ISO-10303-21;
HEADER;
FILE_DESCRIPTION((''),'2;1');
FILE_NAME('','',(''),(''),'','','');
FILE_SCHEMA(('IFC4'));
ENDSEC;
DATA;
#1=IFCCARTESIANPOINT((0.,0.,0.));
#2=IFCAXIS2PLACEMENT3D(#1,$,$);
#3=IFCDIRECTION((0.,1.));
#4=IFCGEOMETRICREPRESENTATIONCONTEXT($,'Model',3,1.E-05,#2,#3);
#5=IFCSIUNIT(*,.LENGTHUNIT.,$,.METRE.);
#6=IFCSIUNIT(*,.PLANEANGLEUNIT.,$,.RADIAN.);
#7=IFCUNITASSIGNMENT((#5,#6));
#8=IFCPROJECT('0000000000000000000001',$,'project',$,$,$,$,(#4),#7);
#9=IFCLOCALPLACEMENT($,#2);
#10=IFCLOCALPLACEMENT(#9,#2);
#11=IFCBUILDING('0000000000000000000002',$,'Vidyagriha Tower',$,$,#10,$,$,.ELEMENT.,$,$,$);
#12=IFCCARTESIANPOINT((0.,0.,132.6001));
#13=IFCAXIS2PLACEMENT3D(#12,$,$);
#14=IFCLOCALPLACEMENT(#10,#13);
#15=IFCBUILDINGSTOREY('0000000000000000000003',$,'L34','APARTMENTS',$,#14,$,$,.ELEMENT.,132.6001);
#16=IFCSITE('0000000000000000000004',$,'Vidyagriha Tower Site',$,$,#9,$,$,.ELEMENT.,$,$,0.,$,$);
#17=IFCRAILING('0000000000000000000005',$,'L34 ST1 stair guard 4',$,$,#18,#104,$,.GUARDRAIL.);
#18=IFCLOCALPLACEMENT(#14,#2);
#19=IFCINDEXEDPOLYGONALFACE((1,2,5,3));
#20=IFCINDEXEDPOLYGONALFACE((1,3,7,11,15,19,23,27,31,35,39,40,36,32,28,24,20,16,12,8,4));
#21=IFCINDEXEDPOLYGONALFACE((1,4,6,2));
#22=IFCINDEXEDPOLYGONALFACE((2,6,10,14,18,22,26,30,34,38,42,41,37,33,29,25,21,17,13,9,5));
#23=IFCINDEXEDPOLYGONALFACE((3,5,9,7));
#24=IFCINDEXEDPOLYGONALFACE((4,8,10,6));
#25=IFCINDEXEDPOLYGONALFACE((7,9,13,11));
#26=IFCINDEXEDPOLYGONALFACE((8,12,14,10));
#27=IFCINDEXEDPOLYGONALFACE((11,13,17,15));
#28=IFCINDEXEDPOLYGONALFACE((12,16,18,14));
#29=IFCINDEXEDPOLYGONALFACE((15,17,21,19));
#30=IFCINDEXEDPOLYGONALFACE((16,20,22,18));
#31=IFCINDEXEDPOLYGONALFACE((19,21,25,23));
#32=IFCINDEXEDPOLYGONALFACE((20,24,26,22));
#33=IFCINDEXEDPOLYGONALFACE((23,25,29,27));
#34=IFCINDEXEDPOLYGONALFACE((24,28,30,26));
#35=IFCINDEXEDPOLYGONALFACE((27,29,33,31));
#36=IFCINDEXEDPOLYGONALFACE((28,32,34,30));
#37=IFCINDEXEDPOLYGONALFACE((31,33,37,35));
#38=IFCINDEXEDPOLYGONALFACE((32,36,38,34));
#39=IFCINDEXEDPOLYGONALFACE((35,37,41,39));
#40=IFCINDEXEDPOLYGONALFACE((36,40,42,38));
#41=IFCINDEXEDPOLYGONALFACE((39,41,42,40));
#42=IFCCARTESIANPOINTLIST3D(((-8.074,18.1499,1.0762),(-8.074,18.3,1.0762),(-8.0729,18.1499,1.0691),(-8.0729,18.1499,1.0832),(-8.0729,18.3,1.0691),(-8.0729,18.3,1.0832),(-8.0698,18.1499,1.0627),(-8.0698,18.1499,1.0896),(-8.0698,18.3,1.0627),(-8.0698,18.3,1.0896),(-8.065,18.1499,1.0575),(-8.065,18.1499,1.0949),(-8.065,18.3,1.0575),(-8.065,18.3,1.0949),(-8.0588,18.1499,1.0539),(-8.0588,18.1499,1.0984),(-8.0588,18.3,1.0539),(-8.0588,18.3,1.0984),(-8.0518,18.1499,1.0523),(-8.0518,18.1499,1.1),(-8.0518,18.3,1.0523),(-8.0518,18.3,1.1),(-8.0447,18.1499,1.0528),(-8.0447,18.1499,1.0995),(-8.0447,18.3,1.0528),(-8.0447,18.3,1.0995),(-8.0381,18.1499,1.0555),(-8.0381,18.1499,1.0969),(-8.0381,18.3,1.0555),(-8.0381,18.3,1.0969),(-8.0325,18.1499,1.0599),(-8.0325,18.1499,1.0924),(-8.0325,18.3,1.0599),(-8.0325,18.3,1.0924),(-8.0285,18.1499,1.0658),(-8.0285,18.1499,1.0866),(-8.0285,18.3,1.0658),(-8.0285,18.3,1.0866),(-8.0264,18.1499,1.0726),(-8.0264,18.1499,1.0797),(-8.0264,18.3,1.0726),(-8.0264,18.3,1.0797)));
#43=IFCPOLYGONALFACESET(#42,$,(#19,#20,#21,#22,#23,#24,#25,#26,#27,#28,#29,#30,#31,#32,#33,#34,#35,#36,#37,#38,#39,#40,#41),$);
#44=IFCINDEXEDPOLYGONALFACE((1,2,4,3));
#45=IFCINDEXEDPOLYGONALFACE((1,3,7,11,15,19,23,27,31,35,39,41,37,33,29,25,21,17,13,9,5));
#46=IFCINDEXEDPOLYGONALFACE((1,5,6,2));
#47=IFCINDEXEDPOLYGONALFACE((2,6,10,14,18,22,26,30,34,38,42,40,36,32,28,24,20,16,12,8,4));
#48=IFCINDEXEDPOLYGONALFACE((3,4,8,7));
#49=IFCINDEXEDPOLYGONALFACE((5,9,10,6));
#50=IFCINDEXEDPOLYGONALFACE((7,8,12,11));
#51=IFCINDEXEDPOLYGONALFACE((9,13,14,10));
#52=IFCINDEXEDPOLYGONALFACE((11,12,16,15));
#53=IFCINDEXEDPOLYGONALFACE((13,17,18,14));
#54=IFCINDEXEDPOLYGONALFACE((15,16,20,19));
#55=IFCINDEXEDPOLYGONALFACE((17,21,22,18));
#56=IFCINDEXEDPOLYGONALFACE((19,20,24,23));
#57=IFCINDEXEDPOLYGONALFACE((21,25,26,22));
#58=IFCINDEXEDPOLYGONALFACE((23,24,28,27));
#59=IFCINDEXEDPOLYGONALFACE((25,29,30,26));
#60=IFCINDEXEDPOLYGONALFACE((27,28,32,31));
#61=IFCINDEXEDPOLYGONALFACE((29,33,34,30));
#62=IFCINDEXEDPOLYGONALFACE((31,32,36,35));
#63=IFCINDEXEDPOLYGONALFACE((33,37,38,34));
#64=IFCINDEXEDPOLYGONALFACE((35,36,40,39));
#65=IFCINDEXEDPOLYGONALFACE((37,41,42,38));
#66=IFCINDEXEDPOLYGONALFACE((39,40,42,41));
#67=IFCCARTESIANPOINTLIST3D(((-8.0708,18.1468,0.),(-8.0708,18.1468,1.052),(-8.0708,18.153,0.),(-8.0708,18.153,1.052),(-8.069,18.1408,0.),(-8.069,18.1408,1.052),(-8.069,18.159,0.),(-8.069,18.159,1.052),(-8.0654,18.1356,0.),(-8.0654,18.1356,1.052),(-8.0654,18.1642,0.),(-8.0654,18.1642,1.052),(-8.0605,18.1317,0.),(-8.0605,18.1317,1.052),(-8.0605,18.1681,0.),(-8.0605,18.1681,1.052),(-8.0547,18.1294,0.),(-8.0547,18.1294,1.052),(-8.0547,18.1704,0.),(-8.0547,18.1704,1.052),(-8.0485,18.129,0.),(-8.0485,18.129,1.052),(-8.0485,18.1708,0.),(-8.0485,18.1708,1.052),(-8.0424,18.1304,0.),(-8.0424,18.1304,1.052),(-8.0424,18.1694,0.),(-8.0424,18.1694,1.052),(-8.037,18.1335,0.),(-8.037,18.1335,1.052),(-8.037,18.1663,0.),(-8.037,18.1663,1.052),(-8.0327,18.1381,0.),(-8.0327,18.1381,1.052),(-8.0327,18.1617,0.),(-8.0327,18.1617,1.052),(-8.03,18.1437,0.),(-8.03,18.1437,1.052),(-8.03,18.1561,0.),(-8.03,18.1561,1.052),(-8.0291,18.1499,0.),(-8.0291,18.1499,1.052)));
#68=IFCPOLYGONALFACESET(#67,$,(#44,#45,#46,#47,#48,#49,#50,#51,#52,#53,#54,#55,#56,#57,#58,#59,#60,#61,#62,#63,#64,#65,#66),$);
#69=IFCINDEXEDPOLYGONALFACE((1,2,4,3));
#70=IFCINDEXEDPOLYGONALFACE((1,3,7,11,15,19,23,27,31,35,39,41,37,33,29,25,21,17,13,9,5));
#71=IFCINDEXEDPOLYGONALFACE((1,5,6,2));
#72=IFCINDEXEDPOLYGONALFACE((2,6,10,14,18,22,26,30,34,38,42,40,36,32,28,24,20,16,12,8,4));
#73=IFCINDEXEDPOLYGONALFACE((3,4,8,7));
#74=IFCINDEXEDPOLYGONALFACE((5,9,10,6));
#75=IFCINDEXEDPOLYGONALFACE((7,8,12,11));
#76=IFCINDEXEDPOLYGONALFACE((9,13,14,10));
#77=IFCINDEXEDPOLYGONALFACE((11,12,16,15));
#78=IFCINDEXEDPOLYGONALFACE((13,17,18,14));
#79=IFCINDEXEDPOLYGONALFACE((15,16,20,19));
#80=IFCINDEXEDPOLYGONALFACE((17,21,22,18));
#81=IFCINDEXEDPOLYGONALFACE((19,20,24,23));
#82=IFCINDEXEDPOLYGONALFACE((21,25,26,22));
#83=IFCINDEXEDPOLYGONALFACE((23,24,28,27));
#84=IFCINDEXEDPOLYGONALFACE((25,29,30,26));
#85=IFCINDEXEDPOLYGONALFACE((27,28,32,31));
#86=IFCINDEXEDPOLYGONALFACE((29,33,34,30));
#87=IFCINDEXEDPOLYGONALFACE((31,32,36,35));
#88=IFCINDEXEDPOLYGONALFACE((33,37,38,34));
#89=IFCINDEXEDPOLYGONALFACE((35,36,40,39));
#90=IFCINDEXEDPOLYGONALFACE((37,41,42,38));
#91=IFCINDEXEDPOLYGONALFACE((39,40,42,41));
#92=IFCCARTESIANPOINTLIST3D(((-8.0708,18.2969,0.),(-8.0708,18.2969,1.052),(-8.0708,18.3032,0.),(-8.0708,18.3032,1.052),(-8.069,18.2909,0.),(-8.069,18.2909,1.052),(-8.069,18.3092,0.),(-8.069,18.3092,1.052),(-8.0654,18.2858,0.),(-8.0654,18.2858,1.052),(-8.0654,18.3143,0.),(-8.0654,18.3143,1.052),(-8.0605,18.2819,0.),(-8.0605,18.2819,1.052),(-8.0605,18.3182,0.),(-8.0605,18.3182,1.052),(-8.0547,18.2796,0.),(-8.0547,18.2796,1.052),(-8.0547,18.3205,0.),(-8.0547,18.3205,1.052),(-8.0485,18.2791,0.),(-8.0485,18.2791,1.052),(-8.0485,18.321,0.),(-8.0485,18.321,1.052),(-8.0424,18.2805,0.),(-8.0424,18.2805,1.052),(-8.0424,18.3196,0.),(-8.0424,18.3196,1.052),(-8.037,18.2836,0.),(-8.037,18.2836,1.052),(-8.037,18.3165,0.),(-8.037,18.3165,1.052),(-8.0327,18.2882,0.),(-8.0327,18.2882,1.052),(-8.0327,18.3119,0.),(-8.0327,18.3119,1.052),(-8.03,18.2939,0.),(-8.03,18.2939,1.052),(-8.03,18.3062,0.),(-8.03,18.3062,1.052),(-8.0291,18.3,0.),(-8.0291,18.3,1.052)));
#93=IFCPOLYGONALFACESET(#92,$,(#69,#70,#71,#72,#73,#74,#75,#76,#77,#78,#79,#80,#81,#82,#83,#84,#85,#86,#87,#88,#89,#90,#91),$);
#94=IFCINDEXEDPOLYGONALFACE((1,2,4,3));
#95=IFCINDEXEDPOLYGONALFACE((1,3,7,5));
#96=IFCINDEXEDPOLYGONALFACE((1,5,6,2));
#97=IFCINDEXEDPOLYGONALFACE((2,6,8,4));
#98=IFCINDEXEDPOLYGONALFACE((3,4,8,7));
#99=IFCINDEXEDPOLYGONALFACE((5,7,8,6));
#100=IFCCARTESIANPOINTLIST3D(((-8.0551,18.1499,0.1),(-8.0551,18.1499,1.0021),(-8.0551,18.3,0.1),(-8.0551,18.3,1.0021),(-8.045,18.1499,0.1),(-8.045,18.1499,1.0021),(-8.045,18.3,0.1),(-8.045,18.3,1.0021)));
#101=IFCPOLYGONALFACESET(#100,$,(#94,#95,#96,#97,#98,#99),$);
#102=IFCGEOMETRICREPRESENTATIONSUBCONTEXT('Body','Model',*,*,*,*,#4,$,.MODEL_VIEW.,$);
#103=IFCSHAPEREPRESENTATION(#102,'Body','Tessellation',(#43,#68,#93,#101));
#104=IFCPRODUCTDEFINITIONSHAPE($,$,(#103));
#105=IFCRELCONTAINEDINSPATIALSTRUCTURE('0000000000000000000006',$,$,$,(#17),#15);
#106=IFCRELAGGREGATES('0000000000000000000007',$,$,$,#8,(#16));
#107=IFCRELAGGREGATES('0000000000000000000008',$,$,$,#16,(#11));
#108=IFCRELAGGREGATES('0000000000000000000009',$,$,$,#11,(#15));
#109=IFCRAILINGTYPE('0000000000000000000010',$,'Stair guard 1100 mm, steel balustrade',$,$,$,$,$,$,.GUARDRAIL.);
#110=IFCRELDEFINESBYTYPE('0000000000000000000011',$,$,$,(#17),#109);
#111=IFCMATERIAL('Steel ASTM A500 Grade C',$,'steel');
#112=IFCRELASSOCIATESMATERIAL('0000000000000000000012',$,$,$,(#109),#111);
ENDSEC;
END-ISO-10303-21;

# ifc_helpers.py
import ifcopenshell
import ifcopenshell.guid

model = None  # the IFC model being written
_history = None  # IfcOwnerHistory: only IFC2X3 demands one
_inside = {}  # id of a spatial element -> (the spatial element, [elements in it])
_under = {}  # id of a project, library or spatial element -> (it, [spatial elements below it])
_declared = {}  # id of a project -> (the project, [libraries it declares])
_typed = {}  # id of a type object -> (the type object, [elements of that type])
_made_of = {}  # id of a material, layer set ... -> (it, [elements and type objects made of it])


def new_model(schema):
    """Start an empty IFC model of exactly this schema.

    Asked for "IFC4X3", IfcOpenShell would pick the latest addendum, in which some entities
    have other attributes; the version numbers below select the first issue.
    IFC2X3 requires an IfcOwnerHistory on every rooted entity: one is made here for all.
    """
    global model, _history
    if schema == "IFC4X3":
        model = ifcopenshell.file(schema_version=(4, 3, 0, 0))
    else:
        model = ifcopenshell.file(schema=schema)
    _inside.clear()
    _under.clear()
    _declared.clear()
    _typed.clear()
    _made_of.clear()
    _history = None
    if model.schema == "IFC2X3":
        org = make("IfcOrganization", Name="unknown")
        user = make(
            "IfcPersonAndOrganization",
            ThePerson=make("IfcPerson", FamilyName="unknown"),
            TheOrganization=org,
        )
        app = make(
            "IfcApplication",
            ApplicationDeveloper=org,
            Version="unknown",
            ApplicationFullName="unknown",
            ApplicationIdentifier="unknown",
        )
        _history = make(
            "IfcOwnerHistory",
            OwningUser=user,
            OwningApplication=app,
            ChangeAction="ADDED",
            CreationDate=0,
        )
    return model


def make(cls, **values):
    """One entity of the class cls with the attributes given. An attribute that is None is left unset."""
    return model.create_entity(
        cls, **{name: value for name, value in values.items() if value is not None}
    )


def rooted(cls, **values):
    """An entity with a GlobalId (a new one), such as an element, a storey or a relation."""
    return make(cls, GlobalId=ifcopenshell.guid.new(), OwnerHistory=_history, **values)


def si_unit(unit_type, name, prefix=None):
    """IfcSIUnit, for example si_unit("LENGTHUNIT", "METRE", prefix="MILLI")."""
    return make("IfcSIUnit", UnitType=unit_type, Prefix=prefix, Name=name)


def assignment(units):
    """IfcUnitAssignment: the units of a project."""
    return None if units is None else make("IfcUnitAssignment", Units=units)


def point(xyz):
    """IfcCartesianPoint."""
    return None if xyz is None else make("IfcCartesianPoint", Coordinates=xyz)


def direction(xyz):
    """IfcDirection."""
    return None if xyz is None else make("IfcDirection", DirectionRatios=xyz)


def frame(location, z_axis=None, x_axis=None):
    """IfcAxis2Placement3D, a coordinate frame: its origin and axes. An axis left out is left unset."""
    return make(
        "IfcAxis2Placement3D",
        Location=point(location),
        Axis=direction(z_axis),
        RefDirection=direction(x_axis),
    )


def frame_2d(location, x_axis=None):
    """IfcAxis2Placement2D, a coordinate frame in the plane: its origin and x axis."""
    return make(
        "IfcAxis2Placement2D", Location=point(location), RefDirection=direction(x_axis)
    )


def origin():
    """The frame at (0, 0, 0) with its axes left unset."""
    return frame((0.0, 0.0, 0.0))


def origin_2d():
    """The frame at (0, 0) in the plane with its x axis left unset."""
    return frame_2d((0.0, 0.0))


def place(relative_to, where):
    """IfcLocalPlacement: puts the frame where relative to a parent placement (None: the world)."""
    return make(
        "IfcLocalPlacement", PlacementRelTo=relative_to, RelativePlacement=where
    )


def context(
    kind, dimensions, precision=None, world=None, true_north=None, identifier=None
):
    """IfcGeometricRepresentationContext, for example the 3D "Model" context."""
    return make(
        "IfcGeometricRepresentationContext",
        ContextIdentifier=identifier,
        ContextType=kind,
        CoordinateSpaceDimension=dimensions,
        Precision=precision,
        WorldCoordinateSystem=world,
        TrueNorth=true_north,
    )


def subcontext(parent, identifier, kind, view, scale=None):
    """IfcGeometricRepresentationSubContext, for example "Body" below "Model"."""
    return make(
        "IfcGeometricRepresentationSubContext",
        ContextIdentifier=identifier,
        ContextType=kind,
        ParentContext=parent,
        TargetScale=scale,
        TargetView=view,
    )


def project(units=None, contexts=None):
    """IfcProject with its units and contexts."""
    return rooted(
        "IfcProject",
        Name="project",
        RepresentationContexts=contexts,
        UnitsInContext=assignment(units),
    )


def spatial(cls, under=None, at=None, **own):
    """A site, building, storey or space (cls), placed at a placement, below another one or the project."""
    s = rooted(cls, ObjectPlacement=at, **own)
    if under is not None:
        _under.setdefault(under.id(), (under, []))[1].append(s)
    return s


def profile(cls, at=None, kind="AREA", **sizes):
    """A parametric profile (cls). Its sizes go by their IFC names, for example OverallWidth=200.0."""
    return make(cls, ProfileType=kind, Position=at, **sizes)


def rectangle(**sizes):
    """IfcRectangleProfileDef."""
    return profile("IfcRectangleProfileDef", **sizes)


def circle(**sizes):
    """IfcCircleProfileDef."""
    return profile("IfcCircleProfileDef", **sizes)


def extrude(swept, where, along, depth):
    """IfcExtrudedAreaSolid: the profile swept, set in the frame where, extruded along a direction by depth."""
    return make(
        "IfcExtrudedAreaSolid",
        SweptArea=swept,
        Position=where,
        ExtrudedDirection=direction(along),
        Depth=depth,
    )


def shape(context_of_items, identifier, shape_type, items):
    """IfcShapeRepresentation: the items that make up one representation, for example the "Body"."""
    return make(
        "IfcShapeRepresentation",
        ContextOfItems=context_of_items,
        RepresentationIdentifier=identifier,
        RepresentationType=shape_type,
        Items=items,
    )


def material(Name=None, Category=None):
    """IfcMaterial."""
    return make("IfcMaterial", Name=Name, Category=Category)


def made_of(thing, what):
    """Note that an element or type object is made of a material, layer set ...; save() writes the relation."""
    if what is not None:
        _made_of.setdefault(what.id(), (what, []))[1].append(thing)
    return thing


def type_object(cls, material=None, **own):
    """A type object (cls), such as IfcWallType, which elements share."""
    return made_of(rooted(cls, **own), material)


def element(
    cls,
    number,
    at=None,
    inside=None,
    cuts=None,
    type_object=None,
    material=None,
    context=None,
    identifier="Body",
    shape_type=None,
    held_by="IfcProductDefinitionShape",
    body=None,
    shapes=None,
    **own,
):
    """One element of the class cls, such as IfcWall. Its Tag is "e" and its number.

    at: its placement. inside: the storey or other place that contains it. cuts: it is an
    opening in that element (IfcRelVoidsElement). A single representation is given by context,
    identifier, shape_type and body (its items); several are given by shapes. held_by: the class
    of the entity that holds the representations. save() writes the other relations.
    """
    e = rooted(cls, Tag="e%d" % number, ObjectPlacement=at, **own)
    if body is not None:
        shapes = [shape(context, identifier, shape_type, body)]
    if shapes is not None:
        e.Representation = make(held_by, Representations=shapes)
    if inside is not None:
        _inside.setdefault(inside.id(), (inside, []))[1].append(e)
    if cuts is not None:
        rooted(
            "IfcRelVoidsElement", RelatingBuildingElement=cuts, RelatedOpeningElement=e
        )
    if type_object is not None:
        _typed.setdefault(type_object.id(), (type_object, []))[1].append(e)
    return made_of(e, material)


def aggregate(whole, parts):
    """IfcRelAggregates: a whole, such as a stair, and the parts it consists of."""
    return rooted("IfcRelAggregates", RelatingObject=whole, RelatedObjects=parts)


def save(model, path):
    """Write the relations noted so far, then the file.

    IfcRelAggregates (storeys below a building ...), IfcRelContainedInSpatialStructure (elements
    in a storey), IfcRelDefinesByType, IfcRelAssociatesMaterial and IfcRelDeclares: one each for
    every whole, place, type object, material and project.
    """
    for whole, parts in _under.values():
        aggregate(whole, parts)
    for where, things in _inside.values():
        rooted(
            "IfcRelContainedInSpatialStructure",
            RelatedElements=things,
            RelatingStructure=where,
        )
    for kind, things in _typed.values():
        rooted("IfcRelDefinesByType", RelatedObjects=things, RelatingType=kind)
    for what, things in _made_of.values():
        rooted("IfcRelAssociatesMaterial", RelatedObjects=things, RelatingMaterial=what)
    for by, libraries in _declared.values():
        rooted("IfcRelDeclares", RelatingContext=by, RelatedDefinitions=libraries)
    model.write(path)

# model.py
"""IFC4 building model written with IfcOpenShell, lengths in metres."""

from ifc_helpers import new_model, si_unit, direction, frame, origin, origin_2d, place, context, subcontext, project, spatial, rectangle, circle, extrude, material, type_object, element, save


model = new_model("IFC4")

# Units and contexts
model_context = context("Model", 3, precision=1e-05, world=origin(), true_north=direction((0.0, 1.0)))
body_context = subcontext(model_context, "Body", "Model", "MODEL_VIEW")
ifc_project = project(units=[si_unit("LENGTHUNIT", "METRE"), si_unit("PLANEANGLEUNIT", "RADIAN")], contexts=[model_context])

# Site, building, storey
site_placement = place(None, origin())
site = spatial("IfcSite", under=ifc_project, at=site_placement, Name="Vidyagriha Tower Site", CompositionType="ELEMENT", RefElevation=0.0)
building_placement = place(site_placement, origin())
building = spatial("IfcBuilding", under=site, at=building_placement, Name="Vidyagriha Tower", CompositionType="ELEMENT")
storey_placement = place(building_placement, frame((0.0, 0.0, 132.6001)))
storey = spatial("IfcBuildingStorey", under=building, at=storey_placement, Name="L34", Description="APARTMENTS", CompositionType="ELEMENT", Elevation=132.6001)

# Railing
ifc_material_1 = material(Name="Steel ASTM A500 Grade C", Category="steel")
railing_type_1 = type_object("IfcRailingType", Name="Stair guard 1100 mm, steel balustrade", PredefinedType="GUARDRAIL", material=ifc_material_1)
railing_1_placement = place(storey_placement, frame((-8.05, 18.1499, 0.0)))
element("IfcRailing", 1, at=railing_1_placement, inside=storey, type_object=railing_type_1, Name="L34 ST1 stair guard 4", PredefinedType="GUARDRAIL", context=body_context, shape_type="SweptSolid", body=[
    extrude(circle(Radius=0.0239, at=origin_2d()), frame((0.0, 0.0, 1.0762), z_axis=(0.0, 1.0, 0.0), x_axis=(-1.0, 0.0, 0.0)), (0.0, 0.0, 1.0), 0.1501),
    extrude(circle(Radius=0.021, at=origin_2d()), origin(), (0.0, 0.0, 1.0), 1.052),
    extrude(circle(Radius=0.021, at=origin_2d()), frame((0.0, 0.1501, 0.0)), (0.0, 0.0, 1.0), 1.052),
    extrude(rectangle(XDim=0.01, YDim=0.9021, at=origin_2d()), frame((0.0, 0.0, 0.551), z_axis=(0.0, 1.0, 0.0), x_axis=(-1.0, 0.0, 0.0)), (0.0, 0.0, 1.0), 0.1501),
])

save(model, "model.ifc")
